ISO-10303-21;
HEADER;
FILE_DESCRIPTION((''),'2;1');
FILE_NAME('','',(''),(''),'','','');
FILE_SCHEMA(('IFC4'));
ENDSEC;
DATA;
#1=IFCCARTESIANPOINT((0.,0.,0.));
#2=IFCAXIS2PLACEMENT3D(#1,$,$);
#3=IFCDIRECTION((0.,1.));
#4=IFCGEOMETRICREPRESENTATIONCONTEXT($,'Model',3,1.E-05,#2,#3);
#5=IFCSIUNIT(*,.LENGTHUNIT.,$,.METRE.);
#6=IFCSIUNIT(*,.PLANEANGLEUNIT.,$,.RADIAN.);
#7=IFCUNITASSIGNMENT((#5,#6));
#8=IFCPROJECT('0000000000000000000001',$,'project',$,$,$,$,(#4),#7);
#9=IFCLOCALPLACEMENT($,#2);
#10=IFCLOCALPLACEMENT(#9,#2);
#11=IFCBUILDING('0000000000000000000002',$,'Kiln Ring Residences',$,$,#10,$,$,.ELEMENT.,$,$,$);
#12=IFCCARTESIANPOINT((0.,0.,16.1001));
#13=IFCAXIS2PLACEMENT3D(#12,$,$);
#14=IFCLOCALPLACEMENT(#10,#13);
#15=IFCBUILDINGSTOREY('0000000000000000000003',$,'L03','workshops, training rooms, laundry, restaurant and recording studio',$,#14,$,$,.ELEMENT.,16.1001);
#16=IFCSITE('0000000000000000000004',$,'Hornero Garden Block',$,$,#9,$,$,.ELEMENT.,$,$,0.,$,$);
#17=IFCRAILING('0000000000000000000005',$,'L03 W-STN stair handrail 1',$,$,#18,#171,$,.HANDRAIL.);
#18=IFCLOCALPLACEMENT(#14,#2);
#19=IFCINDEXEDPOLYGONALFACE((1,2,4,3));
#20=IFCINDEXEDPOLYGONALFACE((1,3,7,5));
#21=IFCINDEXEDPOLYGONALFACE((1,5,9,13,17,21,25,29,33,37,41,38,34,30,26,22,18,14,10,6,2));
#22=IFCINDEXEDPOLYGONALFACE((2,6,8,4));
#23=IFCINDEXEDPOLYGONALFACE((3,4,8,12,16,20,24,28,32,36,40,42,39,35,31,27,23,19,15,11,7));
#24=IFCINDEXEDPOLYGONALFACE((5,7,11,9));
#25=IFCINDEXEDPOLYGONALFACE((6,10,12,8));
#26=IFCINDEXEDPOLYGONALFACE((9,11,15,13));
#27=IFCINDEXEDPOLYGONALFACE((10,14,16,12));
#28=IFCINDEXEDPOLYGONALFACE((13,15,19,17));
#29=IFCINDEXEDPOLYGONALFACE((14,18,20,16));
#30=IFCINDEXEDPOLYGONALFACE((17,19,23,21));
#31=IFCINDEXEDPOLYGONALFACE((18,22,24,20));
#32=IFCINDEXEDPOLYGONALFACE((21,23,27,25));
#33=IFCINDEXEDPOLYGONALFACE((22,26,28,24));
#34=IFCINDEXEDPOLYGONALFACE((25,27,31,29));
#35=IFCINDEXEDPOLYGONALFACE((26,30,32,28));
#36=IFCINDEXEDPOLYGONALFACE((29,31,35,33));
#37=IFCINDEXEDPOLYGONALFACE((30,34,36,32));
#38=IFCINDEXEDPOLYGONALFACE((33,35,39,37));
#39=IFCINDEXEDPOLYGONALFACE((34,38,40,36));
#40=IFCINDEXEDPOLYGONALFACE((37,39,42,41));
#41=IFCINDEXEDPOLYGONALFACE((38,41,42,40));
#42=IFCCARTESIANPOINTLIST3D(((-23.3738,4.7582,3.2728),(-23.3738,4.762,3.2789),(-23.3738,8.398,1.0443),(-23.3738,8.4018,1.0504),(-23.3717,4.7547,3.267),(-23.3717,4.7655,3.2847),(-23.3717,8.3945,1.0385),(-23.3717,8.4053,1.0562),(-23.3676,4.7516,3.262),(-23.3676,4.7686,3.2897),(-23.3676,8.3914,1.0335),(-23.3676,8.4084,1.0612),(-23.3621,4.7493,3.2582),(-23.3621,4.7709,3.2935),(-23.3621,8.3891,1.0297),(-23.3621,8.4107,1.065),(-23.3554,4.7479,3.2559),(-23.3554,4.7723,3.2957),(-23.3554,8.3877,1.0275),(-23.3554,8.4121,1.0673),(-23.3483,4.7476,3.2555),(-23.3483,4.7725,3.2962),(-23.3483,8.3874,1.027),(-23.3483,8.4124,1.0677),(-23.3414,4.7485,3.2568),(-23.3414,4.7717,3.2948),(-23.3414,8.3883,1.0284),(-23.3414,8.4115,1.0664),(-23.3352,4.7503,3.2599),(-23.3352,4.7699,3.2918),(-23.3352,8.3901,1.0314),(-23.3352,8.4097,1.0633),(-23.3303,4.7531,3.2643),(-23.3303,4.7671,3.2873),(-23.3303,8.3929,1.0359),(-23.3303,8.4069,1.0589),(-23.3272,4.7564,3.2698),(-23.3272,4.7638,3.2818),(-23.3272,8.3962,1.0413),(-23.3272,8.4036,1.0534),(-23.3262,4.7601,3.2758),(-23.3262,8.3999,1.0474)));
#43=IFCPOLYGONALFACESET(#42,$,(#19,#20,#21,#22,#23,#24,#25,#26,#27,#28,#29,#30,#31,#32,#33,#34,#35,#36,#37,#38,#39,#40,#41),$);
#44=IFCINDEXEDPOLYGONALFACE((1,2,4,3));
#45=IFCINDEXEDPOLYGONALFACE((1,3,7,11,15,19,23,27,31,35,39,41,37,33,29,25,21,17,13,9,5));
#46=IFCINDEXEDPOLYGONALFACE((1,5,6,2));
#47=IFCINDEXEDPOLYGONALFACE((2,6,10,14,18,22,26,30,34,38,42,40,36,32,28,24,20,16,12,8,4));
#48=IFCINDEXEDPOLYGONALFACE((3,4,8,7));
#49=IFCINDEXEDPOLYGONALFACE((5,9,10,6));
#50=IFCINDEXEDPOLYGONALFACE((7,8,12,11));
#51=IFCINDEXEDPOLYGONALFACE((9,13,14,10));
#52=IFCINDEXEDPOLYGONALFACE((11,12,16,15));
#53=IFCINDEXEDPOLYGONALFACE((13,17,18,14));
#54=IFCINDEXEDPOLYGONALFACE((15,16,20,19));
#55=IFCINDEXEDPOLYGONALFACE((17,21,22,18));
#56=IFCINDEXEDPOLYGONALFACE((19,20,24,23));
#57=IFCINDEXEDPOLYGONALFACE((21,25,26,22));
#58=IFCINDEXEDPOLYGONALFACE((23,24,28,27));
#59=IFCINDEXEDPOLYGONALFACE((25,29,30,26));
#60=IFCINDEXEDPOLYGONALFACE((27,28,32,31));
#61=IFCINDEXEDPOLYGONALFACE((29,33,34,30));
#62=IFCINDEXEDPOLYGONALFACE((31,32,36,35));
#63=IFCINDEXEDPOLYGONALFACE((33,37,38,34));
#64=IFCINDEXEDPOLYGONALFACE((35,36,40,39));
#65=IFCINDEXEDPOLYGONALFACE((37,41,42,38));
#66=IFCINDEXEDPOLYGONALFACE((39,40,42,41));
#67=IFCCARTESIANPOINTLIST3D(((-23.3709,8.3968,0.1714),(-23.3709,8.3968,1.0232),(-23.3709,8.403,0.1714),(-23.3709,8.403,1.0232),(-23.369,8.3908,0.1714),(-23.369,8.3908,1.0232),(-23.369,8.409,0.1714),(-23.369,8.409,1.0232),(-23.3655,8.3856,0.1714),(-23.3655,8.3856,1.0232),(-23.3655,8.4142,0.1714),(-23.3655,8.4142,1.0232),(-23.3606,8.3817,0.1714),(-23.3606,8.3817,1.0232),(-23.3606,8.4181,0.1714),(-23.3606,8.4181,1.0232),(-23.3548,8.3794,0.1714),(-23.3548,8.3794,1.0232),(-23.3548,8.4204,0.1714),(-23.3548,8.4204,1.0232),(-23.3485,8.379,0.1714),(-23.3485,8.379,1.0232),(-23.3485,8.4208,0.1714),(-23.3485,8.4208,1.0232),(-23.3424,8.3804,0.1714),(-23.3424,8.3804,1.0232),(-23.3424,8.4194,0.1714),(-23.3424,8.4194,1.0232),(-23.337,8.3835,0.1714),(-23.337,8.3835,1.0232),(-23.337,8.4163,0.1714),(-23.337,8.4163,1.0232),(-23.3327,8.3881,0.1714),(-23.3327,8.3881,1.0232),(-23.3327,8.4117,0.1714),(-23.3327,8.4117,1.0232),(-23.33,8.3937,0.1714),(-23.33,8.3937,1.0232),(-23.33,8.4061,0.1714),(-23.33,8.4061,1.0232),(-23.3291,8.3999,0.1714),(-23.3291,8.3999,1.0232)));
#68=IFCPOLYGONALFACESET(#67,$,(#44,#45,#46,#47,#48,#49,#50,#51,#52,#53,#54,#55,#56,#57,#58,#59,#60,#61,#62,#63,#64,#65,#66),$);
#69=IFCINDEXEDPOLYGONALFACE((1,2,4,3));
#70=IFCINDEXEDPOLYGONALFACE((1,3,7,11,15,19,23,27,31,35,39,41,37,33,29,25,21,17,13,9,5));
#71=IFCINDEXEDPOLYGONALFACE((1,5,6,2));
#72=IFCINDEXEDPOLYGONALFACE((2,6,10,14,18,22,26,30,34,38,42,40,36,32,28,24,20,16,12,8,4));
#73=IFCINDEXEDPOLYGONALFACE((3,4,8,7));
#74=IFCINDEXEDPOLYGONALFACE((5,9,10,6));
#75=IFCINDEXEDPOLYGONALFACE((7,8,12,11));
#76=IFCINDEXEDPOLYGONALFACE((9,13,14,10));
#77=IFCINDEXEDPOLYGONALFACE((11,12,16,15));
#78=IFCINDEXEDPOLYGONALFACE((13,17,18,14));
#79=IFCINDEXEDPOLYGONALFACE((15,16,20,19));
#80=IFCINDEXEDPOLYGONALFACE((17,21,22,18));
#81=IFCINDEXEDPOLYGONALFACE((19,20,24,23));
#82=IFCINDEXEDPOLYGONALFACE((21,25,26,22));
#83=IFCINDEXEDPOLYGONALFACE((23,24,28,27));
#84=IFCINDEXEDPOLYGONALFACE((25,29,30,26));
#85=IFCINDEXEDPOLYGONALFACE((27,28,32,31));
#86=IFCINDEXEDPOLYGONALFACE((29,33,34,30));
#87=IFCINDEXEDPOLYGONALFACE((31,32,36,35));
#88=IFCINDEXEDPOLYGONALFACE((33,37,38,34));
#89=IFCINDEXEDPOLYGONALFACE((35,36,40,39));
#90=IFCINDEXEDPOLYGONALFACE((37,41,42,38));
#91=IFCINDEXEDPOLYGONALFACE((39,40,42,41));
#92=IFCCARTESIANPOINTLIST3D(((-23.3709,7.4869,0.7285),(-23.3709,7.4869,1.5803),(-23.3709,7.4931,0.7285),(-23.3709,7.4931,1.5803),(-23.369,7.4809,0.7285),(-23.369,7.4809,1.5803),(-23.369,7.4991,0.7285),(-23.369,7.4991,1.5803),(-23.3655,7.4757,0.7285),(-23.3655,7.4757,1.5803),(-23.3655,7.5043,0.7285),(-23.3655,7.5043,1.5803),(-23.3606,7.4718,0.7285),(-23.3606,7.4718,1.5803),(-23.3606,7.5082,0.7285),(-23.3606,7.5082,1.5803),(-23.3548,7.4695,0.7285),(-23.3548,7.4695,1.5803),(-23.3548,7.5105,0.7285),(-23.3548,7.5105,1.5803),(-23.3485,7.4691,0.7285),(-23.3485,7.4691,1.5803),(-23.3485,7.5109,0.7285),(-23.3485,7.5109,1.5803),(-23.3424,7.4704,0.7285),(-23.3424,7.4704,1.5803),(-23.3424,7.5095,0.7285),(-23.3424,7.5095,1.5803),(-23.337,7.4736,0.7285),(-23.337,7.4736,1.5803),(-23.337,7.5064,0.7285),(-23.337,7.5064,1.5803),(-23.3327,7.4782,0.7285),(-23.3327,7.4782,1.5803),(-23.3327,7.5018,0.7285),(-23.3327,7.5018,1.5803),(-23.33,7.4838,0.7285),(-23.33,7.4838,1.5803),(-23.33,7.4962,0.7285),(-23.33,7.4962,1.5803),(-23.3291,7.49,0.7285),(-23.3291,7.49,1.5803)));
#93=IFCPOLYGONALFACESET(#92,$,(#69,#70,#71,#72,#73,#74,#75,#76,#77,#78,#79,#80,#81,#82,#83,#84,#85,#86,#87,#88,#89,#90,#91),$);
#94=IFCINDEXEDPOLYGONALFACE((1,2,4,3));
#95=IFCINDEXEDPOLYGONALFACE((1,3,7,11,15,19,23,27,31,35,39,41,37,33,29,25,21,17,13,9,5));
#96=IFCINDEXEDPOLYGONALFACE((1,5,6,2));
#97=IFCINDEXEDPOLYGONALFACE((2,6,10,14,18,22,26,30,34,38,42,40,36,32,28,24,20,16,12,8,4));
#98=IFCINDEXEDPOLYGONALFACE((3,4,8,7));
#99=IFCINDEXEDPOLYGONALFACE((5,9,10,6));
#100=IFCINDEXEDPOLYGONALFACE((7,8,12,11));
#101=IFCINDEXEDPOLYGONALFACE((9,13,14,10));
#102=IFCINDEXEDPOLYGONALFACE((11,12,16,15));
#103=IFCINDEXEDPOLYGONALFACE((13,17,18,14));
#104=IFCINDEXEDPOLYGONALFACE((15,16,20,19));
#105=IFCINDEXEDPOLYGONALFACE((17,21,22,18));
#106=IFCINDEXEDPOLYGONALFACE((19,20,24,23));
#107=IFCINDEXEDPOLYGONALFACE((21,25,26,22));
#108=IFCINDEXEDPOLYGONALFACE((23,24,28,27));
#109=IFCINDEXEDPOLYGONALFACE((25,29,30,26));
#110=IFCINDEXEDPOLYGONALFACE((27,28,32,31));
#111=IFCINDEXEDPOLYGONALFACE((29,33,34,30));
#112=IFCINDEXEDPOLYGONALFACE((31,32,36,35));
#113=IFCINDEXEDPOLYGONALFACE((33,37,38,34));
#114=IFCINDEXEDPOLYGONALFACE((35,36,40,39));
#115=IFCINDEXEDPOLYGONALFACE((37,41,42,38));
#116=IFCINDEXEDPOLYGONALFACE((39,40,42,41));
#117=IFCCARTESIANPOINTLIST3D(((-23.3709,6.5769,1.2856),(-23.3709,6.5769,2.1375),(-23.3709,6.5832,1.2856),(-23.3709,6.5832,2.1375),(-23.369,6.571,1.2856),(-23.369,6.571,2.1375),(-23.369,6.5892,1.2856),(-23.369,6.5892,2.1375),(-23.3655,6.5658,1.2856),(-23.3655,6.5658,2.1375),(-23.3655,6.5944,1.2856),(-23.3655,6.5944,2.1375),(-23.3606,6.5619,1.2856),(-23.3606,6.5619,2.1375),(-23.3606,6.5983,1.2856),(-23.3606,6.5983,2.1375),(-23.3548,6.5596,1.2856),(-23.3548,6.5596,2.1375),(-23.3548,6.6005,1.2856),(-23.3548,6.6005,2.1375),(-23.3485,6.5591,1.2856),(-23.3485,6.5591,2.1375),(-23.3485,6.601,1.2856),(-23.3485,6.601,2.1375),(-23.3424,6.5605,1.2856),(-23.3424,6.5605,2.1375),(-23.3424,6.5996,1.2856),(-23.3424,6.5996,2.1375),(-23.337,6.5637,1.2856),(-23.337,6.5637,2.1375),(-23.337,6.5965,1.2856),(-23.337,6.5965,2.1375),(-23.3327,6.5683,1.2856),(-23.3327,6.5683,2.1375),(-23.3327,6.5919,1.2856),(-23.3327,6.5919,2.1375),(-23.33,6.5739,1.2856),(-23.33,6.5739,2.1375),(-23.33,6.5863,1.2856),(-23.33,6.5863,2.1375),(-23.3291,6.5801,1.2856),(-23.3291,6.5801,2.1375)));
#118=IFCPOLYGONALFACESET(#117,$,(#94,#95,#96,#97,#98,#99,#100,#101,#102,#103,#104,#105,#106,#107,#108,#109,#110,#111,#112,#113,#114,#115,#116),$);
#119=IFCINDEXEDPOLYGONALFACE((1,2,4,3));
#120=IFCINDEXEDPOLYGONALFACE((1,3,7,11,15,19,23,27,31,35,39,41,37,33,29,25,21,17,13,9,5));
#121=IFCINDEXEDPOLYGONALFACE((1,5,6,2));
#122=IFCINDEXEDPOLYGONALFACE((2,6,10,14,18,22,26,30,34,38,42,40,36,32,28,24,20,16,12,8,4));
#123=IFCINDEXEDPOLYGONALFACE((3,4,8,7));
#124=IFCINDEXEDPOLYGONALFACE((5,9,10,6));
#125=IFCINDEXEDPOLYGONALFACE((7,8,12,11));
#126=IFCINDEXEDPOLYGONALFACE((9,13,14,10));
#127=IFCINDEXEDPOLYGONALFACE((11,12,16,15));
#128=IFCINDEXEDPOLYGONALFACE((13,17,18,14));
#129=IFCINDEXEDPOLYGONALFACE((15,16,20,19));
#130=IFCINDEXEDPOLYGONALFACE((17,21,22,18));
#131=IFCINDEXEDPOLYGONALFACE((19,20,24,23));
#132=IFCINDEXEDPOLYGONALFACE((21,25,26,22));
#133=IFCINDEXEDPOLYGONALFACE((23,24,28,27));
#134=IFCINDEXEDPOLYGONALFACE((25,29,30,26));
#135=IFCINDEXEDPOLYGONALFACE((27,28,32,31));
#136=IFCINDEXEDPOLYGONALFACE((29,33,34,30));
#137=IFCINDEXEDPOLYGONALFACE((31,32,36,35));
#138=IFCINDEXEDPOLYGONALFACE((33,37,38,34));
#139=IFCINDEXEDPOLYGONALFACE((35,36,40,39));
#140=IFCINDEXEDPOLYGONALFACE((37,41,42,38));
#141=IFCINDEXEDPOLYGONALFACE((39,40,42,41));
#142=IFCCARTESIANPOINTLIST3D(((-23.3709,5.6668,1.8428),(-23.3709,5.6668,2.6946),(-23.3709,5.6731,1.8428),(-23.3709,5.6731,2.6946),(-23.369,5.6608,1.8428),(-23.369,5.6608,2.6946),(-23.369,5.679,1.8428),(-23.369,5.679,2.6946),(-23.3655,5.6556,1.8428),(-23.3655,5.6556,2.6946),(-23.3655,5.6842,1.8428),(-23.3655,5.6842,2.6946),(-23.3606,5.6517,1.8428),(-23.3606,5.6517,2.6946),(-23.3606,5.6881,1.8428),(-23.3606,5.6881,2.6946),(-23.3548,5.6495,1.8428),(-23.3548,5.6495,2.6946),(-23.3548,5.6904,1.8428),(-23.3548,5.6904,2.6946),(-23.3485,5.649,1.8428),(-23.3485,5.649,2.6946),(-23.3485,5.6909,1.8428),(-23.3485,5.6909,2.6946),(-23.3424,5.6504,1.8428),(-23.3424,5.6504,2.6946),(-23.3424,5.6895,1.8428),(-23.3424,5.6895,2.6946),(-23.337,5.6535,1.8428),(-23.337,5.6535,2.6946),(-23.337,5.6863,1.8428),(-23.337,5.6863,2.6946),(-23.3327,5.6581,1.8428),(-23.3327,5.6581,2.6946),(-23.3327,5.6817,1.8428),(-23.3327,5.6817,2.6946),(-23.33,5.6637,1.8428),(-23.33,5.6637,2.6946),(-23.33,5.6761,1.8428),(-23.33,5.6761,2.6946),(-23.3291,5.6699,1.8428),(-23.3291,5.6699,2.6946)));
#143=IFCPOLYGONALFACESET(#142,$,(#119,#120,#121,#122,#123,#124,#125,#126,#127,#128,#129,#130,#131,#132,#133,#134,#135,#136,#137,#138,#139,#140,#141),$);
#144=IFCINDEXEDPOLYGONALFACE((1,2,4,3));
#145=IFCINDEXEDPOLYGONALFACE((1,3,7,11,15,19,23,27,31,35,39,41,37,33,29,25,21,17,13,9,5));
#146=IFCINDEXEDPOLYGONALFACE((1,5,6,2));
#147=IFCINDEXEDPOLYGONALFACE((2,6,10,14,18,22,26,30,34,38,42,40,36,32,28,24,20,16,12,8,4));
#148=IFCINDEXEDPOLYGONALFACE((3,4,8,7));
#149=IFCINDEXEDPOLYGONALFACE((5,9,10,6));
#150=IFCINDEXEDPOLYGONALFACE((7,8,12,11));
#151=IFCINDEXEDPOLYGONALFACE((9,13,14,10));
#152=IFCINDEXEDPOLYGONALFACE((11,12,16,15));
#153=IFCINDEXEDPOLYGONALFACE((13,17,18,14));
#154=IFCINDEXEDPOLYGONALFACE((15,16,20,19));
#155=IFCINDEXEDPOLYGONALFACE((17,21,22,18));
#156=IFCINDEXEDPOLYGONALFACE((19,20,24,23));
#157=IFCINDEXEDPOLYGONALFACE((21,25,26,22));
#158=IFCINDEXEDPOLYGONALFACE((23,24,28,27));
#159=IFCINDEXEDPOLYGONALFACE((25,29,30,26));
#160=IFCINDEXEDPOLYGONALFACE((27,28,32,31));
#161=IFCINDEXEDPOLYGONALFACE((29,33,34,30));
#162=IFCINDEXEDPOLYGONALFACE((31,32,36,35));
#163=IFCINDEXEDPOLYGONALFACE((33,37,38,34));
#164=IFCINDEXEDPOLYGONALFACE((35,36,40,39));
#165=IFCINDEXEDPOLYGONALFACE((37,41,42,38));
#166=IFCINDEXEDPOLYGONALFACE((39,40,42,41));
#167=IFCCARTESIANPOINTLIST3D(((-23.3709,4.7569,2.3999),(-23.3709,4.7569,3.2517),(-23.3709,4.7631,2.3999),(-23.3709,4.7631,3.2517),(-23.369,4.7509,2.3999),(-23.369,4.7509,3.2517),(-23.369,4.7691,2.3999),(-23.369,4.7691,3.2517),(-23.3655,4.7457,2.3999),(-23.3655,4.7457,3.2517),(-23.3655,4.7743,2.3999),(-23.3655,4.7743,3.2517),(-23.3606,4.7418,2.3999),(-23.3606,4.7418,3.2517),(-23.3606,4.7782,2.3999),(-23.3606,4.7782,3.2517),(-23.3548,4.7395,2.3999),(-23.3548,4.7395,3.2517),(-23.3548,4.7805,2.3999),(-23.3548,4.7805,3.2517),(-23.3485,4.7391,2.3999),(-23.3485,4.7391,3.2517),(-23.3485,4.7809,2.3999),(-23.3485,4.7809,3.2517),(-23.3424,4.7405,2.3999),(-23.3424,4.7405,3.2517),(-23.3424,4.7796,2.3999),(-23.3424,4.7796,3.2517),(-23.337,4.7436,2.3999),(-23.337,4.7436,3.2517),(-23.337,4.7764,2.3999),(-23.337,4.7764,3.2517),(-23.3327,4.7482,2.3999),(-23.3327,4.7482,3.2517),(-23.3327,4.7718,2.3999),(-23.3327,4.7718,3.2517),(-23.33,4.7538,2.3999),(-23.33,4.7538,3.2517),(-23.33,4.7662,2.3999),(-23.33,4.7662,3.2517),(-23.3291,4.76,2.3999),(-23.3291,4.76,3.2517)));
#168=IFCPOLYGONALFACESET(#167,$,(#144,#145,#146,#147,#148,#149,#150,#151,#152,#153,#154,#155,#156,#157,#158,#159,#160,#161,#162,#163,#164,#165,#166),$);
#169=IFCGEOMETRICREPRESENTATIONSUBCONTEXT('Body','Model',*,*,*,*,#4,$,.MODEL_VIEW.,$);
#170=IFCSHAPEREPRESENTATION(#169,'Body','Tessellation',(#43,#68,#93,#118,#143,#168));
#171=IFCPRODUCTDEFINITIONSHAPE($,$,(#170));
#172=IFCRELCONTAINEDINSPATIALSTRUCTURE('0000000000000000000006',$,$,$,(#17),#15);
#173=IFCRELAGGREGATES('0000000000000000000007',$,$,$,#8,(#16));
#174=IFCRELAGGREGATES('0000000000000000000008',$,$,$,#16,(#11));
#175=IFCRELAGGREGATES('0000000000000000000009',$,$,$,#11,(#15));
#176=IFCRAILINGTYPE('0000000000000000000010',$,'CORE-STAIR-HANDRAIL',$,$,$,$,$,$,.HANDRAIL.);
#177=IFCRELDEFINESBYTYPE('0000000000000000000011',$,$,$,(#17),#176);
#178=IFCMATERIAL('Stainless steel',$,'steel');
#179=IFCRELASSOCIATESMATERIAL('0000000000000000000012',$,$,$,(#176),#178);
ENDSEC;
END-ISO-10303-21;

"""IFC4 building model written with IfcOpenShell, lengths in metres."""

from ifc_helpers import new_model, si_unit, direction, frame, origin, origin_2d, place, context, subcontext, project, spatial, circle, extrude, material, type_object, element, save


model = new_model("IFC4")

# Units and contexts
model_context = context("Model", 3, precision=1e-05, world=origin(), true_north=direction((0.0, 1.0)))
body_context = subcontext(model_context, "Body", "Model", "MODEL_VIEW")
ifc_project = project(units=[si_unit("LENGTHUNIT", "METRE"), si_unit("PLANEANGLEUNIT", "RADIAN")], contexts=[model_context])

# Site, building, storey
site_placement = place(None, origin())
site = spatial("IfcSite", under=ifc_project, at=site_placement, Name="Hornero Garden Block", CompositionType="ELEMENT", RefElevation=0.0)
building_placement = place(site_placement, origin())
building = spatial("IfcBuilding", under=site, at=building_placement, Name="Kiln Ring Residences", CompositionType="ELEMENT")
storey_placement = place(building_placement, frame((0.0, 0.0, 16.1001)))
storey = spatial("IfcBuildingStorey", under=building, at=storey_placement, Name="L03", Description="workshops, training rooms, laundry, restaurant and recording studio", CompositionType="ELEMENT", Elevation=16.1001)

# Railing
ifc_material_1 = material(Name="Stainless steel", Category="steel")
railing_type_1 = type_object("IfcRailingType", Name="CORE-STAIR-HANDRAIL", PredefinedType="HANDRAIL", material=ifc_material_1)
railing_1_placement = place(storey_placement, frame((-23.3501, 8.3999, 0.1714)))
element("IfcRailing", 1, at=railing_1_placement, inside=storey, type_object=railing_type_1, Name="L03 W-STN stair handrail 1", PredefinedType="HANDRAIL", context=body_context, shape_type="SweptSolid", body=[
    extrude(circle(Radius=0.0239, at=origin_2d()), frame((0.0, 0.0, 0.876), z_axis=(0.0, -0.85285, 0.522156), x_axis=(1.0, 0.0, 0.0)), (0.0, 0.0, 1.0), 4.2678),
    extrude(circle(Radius=0.021, at=origin_2d()), origin(), (0.0, 0.0, 1.0), 0.8518),
    extrude(circle(Radius=0.021, at=origin_2d()), frame((0.0, -0.9099, 0.5571)), (0.0, 0.0, 1.0), 0.8518),
    extrude(circle(Radius=0.021, at=origin_2d()), frame((0.0, -1.8198, 1.1143)), (0.0, 0.0, 1.0), 0.8518),
    extrude(circle(Radius=0.021, at=origin_2d()), frame((0.0, -2.73, 1.6714)), (0.0, 0.0, 1.0), 0.8518),
    extrude(circle(Radius=0.021, at=origin_2d()), frame((0.0, -3.6399, 2.2285)), (0.0, 0.0, 1.0), 0.8518),
])

save(model, "model.ifc")
